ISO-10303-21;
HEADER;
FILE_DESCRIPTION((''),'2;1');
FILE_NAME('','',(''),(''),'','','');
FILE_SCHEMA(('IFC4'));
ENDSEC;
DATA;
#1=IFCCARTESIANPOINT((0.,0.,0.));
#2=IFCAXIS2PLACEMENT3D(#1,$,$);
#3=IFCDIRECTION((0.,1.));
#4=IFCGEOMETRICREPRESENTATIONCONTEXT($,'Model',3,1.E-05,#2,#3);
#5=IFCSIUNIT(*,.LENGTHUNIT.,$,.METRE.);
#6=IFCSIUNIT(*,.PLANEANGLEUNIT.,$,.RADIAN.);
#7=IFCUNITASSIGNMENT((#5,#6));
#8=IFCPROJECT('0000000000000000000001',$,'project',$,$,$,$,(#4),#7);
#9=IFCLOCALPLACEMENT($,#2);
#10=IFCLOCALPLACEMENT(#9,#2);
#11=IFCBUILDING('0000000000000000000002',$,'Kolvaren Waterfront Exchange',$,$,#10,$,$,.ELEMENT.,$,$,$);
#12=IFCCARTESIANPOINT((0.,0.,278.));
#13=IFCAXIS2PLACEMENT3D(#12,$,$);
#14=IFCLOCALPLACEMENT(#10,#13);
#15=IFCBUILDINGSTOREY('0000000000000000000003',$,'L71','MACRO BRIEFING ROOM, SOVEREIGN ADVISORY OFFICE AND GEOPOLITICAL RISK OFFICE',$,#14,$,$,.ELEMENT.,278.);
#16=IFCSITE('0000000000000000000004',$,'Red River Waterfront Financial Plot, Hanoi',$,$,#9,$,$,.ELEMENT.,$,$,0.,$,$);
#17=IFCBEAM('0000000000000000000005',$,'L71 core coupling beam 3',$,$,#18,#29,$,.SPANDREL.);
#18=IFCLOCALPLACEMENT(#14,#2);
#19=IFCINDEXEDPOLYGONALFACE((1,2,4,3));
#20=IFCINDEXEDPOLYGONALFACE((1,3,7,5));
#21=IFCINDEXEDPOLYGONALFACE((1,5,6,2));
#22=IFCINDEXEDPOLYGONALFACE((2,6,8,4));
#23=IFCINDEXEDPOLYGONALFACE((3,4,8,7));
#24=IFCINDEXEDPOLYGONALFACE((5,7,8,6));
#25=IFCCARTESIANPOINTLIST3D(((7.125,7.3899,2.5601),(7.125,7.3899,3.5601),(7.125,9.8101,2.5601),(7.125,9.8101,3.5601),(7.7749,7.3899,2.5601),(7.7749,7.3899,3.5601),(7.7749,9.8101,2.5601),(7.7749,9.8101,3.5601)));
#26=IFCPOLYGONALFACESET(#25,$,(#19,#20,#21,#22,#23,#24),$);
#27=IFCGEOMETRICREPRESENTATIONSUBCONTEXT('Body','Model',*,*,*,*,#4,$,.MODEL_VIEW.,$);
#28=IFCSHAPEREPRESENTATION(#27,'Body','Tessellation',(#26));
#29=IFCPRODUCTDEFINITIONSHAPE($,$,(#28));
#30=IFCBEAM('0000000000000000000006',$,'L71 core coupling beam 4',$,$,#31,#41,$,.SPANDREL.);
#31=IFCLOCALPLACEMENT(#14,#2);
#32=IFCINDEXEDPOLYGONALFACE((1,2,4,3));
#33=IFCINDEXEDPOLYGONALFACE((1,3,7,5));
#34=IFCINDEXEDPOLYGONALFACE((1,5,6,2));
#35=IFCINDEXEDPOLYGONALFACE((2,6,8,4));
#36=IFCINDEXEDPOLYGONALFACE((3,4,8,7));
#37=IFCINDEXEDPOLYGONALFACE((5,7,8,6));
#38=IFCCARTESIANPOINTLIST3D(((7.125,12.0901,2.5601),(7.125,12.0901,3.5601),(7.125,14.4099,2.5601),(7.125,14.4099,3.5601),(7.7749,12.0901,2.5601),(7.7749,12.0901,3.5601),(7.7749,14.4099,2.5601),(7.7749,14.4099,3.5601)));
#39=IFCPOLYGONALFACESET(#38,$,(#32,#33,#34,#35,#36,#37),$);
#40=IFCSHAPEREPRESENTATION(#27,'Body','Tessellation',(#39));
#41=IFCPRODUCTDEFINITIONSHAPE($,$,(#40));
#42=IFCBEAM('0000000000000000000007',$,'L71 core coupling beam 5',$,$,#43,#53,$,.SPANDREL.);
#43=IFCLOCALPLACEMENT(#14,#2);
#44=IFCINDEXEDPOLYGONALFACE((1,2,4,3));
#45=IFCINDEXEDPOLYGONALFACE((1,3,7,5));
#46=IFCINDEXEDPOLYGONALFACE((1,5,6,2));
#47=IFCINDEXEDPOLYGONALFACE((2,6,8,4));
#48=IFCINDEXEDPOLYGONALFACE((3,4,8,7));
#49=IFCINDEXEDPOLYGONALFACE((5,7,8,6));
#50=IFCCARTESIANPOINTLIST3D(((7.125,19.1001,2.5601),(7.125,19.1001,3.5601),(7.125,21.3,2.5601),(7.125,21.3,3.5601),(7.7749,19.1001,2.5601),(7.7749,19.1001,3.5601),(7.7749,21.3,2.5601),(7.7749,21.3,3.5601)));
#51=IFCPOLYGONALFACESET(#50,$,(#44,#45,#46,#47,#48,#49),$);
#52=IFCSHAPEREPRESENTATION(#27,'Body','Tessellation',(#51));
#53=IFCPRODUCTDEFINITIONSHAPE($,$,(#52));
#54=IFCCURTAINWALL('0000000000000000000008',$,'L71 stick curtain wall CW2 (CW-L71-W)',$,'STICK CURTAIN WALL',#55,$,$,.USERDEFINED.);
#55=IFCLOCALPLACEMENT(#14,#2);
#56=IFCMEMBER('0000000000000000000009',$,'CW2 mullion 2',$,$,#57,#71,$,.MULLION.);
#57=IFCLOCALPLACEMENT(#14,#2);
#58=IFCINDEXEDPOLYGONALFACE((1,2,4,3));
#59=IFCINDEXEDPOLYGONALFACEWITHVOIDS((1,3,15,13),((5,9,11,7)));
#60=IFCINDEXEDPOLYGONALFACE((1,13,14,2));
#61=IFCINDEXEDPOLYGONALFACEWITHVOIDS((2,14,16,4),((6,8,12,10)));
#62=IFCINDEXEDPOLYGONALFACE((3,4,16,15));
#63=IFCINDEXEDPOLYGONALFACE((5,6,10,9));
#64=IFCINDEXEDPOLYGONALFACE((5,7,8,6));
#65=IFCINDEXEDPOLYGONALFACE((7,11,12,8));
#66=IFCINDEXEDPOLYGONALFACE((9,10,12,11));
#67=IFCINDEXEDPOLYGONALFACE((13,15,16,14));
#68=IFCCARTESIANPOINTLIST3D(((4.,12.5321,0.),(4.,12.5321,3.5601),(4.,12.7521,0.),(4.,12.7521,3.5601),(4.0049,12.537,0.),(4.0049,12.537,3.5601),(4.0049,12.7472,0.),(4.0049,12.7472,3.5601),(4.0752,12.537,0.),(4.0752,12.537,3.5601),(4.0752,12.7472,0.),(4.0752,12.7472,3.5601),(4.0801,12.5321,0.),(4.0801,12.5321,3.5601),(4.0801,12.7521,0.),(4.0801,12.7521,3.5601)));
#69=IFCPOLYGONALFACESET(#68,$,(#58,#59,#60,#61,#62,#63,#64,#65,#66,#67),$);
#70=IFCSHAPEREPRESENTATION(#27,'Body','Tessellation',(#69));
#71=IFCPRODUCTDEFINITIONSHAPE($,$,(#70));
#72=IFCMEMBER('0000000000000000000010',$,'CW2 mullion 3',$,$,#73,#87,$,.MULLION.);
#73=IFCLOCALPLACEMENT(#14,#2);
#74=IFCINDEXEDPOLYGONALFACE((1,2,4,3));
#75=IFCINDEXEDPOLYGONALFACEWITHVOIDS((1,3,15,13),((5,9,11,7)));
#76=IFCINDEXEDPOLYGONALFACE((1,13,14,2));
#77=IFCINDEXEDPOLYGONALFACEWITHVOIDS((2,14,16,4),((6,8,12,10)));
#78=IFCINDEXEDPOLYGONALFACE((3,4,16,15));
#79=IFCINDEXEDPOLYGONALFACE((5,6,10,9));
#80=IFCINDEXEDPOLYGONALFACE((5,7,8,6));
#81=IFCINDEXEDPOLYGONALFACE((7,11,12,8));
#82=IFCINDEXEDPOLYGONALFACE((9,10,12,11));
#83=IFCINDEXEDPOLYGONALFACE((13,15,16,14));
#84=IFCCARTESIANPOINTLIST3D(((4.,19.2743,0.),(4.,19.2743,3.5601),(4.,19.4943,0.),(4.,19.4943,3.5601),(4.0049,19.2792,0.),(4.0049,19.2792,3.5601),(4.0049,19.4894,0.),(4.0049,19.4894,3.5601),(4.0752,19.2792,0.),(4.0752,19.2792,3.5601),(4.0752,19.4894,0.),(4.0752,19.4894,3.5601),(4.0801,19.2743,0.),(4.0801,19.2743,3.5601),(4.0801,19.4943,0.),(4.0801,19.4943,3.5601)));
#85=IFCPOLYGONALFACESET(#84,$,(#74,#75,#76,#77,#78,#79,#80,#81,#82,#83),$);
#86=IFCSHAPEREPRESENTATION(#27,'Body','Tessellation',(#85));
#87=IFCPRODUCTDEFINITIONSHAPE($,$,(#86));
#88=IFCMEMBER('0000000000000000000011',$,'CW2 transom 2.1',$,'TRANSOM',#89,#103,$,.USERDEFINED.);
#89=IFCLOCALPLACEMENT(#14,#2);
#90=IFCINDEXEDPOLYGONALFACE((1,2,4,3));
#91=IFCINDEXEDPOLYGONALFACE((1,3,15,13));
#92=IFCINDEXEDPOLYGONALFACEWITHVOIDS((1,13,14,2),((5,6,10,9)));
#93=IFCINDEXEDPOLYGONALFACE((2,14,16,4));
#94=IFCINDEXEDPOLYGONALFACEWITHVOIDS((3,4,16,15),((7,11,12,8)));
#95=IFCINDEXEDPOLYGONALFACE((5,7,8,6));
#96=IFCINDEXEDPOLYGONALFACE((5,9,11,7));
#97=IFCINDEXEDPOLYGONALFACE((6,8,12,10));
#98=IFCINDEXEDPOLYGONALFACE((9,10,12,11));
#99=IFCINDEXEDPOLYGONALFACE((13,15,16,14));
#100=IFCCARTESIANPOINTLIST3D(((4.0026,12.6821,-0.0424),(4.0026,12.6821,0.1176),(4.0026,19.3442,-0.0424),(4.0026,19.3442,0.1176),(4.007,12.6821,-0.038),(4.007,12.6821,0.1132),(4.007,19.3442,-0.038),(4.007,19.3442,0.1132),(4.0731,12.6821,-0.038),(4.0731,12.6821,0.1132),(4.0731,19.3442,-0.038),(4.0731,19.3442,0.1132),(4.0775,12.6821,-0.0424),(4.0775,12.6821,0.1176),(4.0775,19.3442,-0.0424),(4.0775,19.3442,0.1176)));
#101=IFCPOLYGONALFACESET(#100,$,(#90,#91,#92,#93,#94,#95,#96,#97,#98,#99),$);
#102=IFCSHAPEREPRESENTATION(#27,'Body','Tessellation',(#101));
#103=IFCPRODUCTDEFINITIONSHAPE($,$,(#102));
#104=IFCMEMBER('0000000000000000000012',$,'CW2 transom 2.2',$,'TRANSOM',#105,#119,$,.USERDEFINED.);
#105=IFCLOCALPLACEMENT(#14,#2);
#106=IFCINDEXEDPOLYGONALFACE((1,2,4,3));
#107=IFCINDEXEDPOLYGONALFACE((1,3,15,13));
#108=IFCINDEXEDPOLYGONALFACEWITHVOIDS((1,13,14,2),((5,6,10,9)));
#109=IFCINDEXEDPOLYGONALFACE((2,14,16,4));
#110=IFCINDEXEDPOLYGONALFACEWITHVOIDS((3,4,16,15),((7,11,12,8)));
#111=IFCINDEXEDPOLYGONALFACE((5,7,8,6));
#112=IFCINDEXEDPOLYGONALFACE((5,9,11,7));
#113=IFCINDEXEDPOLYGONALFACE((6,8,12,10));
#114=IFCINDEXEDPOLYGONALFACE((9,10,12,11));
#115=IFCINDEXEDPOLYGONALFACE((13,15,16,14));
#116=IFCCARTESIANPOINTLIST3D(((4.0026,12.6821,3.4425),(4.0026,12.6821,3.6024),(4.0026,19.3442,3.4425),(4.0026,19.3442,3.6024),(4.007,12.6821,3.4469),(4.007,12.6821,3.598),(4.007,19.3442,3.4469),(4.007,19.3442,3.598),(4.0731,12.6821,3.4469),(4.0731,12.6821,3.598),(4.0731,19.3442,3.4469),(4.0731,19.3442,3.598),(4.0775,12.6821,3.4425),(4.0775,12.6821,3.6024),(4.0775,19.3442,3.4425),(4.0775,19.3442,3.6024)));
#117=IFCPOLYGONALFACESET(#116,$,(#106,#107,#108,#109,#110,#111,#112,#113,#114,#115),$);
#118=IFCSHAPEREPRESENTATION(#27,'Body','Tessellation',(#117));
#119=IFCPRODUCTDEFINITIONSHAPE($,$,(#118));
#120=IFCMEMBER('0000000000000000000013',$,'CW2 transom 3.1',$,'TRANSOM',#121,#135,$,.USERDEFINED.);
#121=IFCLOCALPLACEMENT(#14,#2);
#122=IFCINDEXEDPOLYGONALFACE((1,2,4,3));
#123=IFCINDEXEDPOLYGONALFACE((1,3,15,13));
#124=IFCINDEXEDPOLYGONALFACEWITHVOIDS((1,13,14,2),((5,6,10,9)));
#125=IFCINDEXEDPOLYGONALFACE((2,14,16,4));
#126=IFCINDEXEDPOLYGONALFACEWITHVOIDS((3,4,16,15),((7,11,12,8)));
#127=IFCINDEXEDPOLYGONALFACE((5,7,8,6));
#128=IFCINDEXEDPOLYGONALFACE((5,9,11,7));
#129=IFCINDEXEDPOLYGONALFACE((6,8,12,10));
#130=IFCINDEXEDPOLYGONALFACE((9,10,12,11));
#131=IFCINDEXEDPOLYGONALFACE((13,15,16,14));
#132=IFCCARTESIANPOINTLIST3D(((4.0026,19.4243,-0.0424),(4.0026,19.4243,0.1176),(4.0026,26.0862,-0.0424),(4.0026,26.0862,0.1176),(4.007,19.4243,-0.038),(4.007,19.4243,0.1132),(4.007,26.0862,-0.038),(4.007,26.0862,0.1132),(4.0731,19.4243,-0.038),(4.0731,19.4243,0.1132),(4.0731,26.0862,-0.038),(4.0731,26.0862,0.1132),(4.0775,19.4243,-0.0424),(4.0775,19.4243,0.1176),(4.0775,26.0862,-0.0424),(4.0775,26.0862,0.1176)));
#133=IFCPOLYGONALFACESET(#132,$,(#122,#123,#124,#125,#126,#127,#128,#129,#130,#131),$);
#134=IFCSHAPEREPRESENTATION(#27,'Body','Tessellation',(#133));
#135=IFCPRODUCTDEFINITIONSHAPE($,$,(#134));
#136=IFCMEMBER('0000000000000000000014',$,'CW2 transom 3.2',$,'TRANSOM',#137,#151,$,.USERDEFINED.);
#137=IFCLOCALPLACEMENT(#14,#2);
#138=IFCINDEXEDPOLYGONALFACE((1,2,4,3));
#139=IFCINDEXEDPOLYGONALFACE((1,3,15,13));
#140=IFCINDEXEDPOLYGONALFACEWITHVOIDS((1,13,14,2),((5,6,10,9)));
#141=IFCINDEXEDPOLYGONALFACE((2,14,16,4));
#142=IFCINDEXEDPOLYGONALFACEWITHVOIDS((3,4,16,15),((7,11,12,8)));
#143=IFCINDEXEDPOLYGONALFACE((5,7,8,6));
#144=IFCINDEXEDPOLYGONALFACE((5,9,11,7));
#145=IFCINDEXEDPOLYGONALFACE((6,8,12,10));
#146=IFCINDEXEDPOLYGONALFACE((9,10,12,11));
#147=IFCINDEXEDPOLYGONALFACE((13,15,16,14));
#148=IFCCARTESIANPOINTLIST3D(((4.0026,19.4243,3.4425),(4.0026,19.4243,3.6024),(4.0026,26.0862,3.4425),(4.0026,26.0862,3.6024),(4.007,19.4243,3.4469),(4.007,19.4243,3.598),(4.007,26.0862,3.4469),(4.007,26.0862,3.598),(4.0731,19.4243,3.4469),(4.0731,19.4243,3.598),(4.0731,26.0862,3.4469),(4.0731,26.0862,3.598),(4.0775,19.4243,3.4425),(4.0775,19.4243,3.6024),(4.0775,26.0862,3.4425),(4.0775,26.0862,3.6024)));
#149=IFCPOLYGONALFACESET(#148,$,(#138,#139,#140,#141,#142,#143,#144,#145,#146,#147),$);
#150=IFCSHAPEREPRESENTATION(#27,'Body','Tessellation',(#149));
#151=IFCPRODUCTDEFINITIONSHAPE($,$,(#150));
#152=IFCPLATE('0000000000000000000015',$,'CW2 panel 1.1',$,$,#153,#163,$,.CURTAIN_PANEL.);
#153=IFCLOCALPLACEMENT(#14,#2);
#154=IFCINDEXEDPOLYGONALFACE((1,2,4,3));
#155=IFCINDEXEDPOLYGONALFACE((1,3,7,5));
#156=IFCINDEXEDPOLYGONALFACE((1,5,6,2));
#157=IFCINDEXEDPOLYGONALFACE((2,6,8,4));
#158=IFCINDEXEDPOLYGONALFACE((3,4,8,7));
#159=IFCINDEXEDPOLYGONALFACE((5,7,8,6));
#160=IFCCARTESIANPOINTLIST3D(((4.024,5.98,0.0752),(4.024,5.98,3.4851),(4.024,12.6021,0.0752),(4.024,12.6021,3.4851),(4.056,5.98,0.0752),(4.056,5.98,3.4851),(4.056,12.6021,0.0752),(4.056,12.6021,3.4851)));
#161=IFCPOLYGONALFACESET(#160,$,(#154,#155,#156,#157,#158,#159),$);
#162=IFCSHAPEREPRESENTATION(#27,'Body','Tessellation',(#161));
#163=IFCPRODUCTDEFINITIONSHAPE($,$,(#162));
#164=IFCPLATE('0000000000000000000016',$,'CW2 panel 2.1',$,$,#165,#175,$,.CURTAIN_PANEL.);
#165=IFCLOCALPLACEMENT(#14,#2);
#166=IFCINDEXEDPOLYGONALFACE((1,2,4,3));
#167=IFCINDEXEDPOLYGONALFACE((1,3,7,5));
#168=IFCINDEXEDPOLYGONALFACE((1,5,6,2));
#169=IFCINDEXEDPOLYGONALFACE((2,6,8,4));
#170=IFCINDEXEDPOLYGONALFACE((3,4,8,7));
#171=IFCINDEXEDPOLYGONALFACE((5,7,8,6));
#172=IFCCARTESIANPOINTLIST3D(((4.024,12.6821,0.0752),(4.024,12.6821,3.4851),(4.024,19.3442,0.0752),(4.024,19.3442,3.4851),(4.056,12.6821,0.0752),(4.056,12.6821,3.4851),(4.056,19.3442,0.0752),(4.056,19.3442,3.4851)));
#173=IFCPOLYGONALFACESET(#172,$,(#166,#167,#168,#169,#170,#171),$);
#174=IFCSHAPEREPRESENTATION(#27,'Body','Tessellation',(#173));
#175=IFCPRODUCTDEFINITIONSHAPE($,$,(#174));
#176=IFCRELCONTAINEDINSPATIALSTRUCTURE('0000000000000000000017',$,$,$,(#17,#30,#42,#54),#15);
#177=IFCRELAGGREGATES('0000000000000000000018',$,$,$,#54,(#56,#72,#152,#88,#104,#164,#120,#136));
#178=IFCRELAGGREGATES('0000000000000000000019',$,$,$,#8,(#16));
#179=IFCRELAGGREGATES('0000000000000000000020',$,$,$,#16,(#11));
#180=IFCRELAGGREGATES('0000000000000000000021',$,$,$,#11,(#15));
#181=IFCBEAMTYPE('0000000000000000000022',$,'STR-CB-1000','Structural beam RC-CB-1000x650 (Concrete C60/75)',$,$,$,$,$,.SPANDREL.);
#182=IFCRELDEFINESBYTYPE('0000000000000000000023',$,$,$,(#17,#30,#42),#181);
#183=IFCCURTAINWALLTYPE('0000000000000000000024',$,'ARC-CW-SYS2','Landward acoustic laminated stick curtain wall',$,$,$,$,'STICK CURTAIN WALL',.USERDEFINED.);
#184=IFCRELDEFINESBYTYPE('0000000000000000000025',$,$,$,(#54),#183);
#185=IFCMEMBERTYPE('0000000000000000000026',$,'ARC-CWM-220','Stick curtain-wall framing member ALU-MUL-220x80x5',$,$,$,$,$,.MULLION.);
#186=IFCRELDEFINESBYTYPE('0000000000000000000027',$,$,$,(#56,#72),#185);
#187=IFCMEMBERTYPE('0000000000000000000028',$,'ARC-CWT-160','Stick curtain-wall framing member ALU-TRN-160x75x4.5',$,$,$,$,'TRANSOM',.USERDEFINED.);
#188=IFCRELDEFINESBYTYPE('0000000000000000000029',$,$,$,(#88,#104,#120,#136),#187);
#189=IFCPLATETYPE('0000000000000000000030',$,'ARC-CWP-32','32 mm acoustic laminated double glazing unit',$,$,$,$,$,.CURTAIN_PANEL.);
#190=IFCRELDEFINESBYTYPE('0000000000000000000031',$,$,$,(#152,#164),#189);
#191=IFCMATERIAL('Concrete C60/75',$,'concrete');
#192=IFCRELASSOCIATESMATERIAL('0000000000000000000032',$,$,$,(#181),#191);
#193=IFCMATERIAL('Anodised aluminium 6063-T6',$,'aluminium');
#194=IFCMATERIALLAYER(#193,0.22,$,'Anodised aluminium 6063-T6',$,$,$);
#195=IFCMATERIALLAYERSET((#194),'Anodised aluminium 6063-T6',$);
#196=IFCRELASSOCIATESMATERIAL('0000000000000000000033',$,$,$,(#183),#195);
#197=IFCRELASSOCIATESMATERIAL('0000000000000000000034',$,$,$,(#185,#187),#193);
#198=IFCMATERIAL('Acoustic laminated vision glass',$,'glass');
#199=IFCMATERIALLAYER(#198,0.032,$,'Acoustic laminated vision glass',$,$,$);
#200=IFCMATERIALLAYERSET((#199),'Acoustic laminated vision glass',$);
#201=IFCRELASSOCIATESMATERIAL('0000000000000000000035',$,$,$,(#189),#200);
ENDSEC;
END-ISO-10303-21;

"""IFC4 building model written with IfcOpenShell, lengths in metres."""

from ifc_helpers import new_model, si_unit, direction, frame, origin, origin_with_axes, origin_2d, place, context, subcontext, project, spatial, rectangle, hollow_rectangle, extrude, source, transform, mapped, material, layer, layer_set, material_profile, profile_set, type_object, element, aggregate, save


model = new_model("IFC4")

# Units and contexts
model_context = context("Model", 3, precision=1e-05, world=origin(), true_north=direction((0.0, 1.0)))
body_context = subcontext(model_context, "Body", "Model", "MODEL_VIEW")
ifc_project = project(units=[si_unit("LENGTHUNIT", "METRE"), si_unit("PLANEANGLEUNIT", "RADIAN")], contexts=[model_context])

# Site, building, storey
site_placement = place(None, origin())
site = spatial("IfcSite", under=ifc_project, at=site_placement, Name="Red River Waterfront Financial Plot, Hanoi", CompositionType="ELEMENT", RefElevation=0.0)
building_placement = place(site_placement, origin())
building = spatial("IfcBuilding", under=site, at=building_placement, Name="Kolvaren Waterfront Exchange", CompositionType="ELEMENT")
storey_placement = place(building_placement, frame((0.0, 0.0, 278.0)))
storey = spatial("IfcBuildingStorey", under=building, at=storey_placement, Name="L71", Description="MACRO BRIEFING ROOM, SOVEREIGN ADVISORY OFFICE AND GEOPOLITICAL RISK OFFICE", CompositionType="ELEMENT", Elevation=278.0)

# Beams
ifc_material_1 = material(Name="Concrete C60/75", Category="concrete")
ifc_material_profile_1 = material_profile(ifc_material_1, rectangle(XDim=0.6499, YDim=1.0, at=origin_2d()), Name="RC-CB-1000x650")
ifc_profile_set_1 = profile_set([ifc_material_profile_1], Name="Concrete C60/75")
beam_type = type_object("IfcBeamType", Name="STR-CB-1000", Description="Structural beam RC-CB-1000x650 (Concrete C60/75)", PredefinedType="SPANDREL", material=ifc_profile_set_1)
beam_1_placement = place(storey_placement, frame((7.45, 7.3899, 3.0601), z_axis=(0.0, 1.0, 0.0), x_axis=(-1.0, 0.0, 0.0)))
element("IfcBeam", 1, at=beam_1_placement, inside=storey, type_object=beam_type, Name="L71 core coupling beam 3", PredefinedType="SPANDREL", context=body_context, shape_type="SweptSolid", body=[
    extrude(rectangle(XDim=0.6499, YDim=1.0, at=origin_2d()), origin(), (0.0, 0.0, 1.0), 2.4202),
])
beam_2_placement = place(storey_placement, frame((7.45, 12.0901, 3.0601), z_axis=(0.0, 1.0, 0.0), x_axis=(-1.0, 0.0, 0.0)))
element("IfcBeam", 2, at=beam_2_placement, inside=storey, type_object=beam_type, Name="L71 core coupling beam 4", PredefinedType="SPANDREL", context=body_context, shape_type="SweptSolid", body=[
    extrude(rectangle(XDim=0.6499, YDim=1.0, at=origin_2d()), origin(), (0.0, 0.0, 1.0), 2.3198),
])
beam_3_placement = place(storey_placement, frame((7.45, 19.1001, 3.0601), z_axis=(0.0, 1.0, 0.0), x_axis=(-1.0, 0.0, 0.0)))
element("IfcBeam", 3, at=beam_3_placement, inside=storey, type_object=beam_type, Name="L71 core coupling beam 5", PredefinedType="SPANDREL", context=body_context, shape_type="SweptSolid", body=[
    extrude(rectangle(XDim=0.6499, YDim=1.0, at=origin_2d()), origin(), (0.0, 0.0, 1.0), 2.2),
])

# Curtain wall, members, plates
ifc_material_2 = material(Name="Anodised aluminium 6063-T6", Category="aluminium")
ifc_layer_1 = layer(ifc_material_2, 0.22, Name="Anodised aluminium 6063-T6")
ifc_layer_set_1 = layer_set([ifc_layer_1], Name="Anodised aluminium 6063-T6")
curtain_wall_type = type_object("IfcCurtainWallType", Name="ARC-CW-SYS2", Description="Landward acoustic laminated stick curtain wall", ElementType="STICK CURTAIN WALL", PredefinedType="USERDEFINED", material=ifc_layer_set_1)
curtain_wall_placement = place(storey_placement, origin())
curtain_wall = element("IfcCurtainWall", 4, at=curtain_wall_placement, inside=storey, type_object=curtain_wall_type, Name="L71 stick curtain wall CW2 (CW-L71-W)", ObjectType="STICK CURTAIN WALL", PredefinedType="USERDEFINED")
ifc_material_profile_2 = material_profile(ifc_material_2, hollow_rectangle(XDim=0.0801, YDim=0.22, WallThickness=0.0049, at=origin_2d()), Name="ALU-MUL-220x80x5")
ifc_profile_set_2 = profile_set([ifc_material_profile_2], Name="Anodised aluminium 6063-T6")
member_type_1 = type_object("IfcMemberType", Name="ARC-CWM-220", Description="Stick curtain-wall framing member ALU-MUL-220x80x5", PredefinedType="MULLION", material=ifc_profile_set_2)
shared_shape_1 = source(origin_with_axes(), body_context, "Body", "SweptSolid", [
    extrude(hollow_rectangle(XDim=0.0801, YDim=0.22, WallThickness=0.0049, at=origin_2d()), origin(), (0.0, 0.0, 1.0), 3.5601),
])
member_1_placement = place(storey_placement, frame((4.04, 12.6421, 0.0), z_axis=(0.0, 0.0, 1.0), x_axis=(-1.0, 0.0, 0.0)))
member_1 = element("IfcMember", 5, at=member_1_placement, type_object=member_type_1, Name="CW2 mullion 2", PredefinedType="MULLION", context=body_context, shape_type="MappedRepresentation", body=[
    mapped(shared_shape_1, transform((0.0, 0.0, 0.0), x_axis=(1.0, 0.0, 0.0), y_axis=(0.0, 1.0, 0.0), z_axis=(0.0, 0.0, 1.0), scale=1.0)),
])
member_2_placement = place(storey_placement, frame((4.04, 19.3843, 0.0), z_axis=(0.0, 0.0, 1.0), x_axis=(-1.0, 0.0, 0.0)))
member_2 = element("IfcMember", 6, at=member_2_placement, type_object=member_type_1, Name="CW2 mullion 3", PredefinedType="MULLION", context=body_context, shape_type="MappedRepresentation", body=[
    mapped(shared_shape_1, transform((0.0, 0.0, 0.0), x_axis=(1.0, 0.0, 0.0), y_axis=(0.0, 1.0, 0.0), z_axis=(0.0, 0.0, 1.0), scale=1.0)),
])
ifc_material_profile_3 = material_profile(ifc_material_2, hollow_rectangle(XDim=0.075, YDim=0.1599, WallThickness=0.0044, at=origin_2d()), Name="ALU-TRN-160x75x4.5")
ifc_profile_set_3 = profile_set([ifc_material_profile_3], Name="Anodised aluminium 6063-T6")
member_type_2 = type_object("IfcMemberType", Name="ARC-CWT-160", Description="Stick curtain-wall framing member ALU-TRN-160x75x4.5", ElementType="TRANSOM", PredefinedType="USERDEFINED", material=ifc_profile_set_3)
shared_shape_2 = source(origin_with_axes(), body_context, "Body", "SweptSolid", [
    extrude(hollow_rectangle(XDim=0.075, YDim=0.1599, WallThickness=0.0044, at=origin_2d()), origin(), (0.0, 0.0, 1.0), 6.6621),
])
member_3_placement = place(storey_placement, frame((4.04, 12.6821, 0.0376), z_axis=(0.0, 1.0, 0.0), x_axis=(-1.0, 0.0, 0.0)))
member_3 = element("IfcMember", 7, at=member_3_placement, type_object=member_type_2, Name="CW2 transom 2.1", ObjectType="TRANSOM", PredefinedType="USERDEFINED", context=body_context, shape_type="MappedRepresentation", body=[
    mapped(shared_shape_2, transform((0.0, 0.0, 0.0), x_axis=(1.0, 0.0, 0.0), y_axis=(0.0, 1.0, 0.0), z_axis=(0.0, 0.0, 1.0), scale=1.0)),
])
member_4_placement = place(storey_placement, frame((4.04, 12.6821, 3.5225), z_axis=(0.0, 1.0, 0.0), x_axis=(-1.0, 0.0, 0.0)))
member_4 = element("IfcMember", 8, at=member_4_placement, type_object=member_type_2, Name="CW2 transom 2.2", ObjectType="TRANSOM", PredefinedType="USERDEFINED", context=body_context, shape_type="MappedRepresentation", body=[
    mapped(shared_shape_2, transform((0.0, 0.0, 0.0), x_axis=(1.0, 0.0, 0.0), y_axis=(0.0, 1.0, 0.0), z_axis=(0.0, 0.0, 1.0), scale=1.0)),
])
shared_shape_3 = source(origin_with_axes(), body_context, "Body", "SweptSolid", [
    extrude(hollow_rectangle(XDim=0.075, YDim=0.1599, WallThickness=0.0044, at=origin_2d()), origin(), (0.0, 0.0, 1.0), 6.6619),
])
member_5_placement = place(storey_placement, frame((4.04, 19.4243, 0.0376), z_axis=(0.0, 1.0, 0.0), x_axis=(-1.0, 0.0, 0.0)))
member_5 = element("IfcMember", 9, at=member_5_placement, type_object=member_type_2, Name="CW2 transom 3.1", ObjectType="TRANSOM", PredefinedType="USERDEFINED", context=body_context, shape_type="MappedRepresentation", body=[
    mapped(shared_shape_3, transform((0.0, 0.0, 0.0), x_axis=(1.0, 0.0, 0.0), y_axis=(0.0, 1.0, 0.0), z_axis=(0.0, 0.0, 1.0), scale=1.0)),
])
member_6_placement = place(storey_placement, frame((4.04, 19.4243, 3.5225), z_axis=(0.0, 1.0, 0.0), x_axis=(-1.0, 0.0, 0.0)))
member_6 = element("IfcMember", 10, at=member_6_placement, type_object=member_type_2, Name="CW2 transom 3.2", ObjectType="TRANSOM", PredefinedType="USERDEFINED", context=body_context, shape_type="MappedRepresentation", body=[
    mapped(shared_shape_3, transform((0.0, 0.0, 0.0), x_axis=(1.0, 0.0, 0.0), y_axis=(0.0, 1.0, 0.0), z_axis=(0.0, 0.0, 1.0), scale=1.0)),
])
ifc_material_3 = material(Name="Acoustic laminated vision glass", Category="glass")
ifc_layer_2 = layer(ifc_material_3, 0.032, Name="Acoustic laminated vision glass")
ifc_layer_set_2 = layer_set([ifc_layer_2], Name="Acoustic laminated vision glass")
plate_type = type_object("IfcPlateType", Name="ARC-CWP-32", Description="32 mm acoustic laminated double glazing unit", PredefinedType="CURTAIN_PANEL", material=ifc_layer_set_2)
shared_shape_4 = source(origin_with_axes(), body_context, "Body", "SweptSolid", [
    extrude(rectangle(XDim=6.6221, YDim=0.032, at=origin_2d()), origin(), (0.0, 0.0, 1.0), 3.4099),
])
plate_1_placement = place(storey_placement, frame((4.04, 9.291, 0.0752), z_axis=(0.0, 0.0, 1.0), x_axis=(0.0, 1.0, 0.0)))
plate_1 = element("IfcPlate", 11, at=plate_1_placement, type_object=plate_type, Name="CW2 panel 1.1", PredefinedType="CURTAIN_PANEL", context=body_context, shape_type="MappedRepresentation", body=[
    mapped(shared_shape_4, transform((0.0, 0.0, 0.0), x_axis=(1.0, 0.0, 0.0), y_axis=(0.0, 1.0, 0.0), z_axis=(0.0, 0.0, 1.0), scale=1.0)),
])
shared_shape_5 = source(origin_with_axes(), body_context, "Body", "SweptSolid", [
    extrude(rectangle(XDim=6.6621, YDim=0.032, at=origin_2d()), origin(), (0.0, 0.0, 1.0), 3.4099),
])
plate_2_placement = place(storey_placement, frame((4.04, 16.0132, 0.0752), z_axis=(0.0, 0.0, 1.0), x_axis=(0.0, 1.0, 0.0)))
plate_2 = element("IfcPlate", 12, at=plate_2_placement, type_object=plate_type, Name="CW2 panel 2.1", PredefinedType="CURTAIN_PANEL", context=body_context, shape_type="MappedRepresentation", body=[
    mapped(shared_shape_5, transform((0.0, 0.0, 0.0), x_axis=(1.0, 0.0, 0.0), y_axis=(0.0, 1.0, 0.0), z_axis=(0.0, 0.0, 1.0), scale=1.0)),
])
aggregate(curtain_wall, [member_1, member_2, plate_1, member_3, member_4, plate_2, member_5, member_6])

save(model, "model.ifc")
